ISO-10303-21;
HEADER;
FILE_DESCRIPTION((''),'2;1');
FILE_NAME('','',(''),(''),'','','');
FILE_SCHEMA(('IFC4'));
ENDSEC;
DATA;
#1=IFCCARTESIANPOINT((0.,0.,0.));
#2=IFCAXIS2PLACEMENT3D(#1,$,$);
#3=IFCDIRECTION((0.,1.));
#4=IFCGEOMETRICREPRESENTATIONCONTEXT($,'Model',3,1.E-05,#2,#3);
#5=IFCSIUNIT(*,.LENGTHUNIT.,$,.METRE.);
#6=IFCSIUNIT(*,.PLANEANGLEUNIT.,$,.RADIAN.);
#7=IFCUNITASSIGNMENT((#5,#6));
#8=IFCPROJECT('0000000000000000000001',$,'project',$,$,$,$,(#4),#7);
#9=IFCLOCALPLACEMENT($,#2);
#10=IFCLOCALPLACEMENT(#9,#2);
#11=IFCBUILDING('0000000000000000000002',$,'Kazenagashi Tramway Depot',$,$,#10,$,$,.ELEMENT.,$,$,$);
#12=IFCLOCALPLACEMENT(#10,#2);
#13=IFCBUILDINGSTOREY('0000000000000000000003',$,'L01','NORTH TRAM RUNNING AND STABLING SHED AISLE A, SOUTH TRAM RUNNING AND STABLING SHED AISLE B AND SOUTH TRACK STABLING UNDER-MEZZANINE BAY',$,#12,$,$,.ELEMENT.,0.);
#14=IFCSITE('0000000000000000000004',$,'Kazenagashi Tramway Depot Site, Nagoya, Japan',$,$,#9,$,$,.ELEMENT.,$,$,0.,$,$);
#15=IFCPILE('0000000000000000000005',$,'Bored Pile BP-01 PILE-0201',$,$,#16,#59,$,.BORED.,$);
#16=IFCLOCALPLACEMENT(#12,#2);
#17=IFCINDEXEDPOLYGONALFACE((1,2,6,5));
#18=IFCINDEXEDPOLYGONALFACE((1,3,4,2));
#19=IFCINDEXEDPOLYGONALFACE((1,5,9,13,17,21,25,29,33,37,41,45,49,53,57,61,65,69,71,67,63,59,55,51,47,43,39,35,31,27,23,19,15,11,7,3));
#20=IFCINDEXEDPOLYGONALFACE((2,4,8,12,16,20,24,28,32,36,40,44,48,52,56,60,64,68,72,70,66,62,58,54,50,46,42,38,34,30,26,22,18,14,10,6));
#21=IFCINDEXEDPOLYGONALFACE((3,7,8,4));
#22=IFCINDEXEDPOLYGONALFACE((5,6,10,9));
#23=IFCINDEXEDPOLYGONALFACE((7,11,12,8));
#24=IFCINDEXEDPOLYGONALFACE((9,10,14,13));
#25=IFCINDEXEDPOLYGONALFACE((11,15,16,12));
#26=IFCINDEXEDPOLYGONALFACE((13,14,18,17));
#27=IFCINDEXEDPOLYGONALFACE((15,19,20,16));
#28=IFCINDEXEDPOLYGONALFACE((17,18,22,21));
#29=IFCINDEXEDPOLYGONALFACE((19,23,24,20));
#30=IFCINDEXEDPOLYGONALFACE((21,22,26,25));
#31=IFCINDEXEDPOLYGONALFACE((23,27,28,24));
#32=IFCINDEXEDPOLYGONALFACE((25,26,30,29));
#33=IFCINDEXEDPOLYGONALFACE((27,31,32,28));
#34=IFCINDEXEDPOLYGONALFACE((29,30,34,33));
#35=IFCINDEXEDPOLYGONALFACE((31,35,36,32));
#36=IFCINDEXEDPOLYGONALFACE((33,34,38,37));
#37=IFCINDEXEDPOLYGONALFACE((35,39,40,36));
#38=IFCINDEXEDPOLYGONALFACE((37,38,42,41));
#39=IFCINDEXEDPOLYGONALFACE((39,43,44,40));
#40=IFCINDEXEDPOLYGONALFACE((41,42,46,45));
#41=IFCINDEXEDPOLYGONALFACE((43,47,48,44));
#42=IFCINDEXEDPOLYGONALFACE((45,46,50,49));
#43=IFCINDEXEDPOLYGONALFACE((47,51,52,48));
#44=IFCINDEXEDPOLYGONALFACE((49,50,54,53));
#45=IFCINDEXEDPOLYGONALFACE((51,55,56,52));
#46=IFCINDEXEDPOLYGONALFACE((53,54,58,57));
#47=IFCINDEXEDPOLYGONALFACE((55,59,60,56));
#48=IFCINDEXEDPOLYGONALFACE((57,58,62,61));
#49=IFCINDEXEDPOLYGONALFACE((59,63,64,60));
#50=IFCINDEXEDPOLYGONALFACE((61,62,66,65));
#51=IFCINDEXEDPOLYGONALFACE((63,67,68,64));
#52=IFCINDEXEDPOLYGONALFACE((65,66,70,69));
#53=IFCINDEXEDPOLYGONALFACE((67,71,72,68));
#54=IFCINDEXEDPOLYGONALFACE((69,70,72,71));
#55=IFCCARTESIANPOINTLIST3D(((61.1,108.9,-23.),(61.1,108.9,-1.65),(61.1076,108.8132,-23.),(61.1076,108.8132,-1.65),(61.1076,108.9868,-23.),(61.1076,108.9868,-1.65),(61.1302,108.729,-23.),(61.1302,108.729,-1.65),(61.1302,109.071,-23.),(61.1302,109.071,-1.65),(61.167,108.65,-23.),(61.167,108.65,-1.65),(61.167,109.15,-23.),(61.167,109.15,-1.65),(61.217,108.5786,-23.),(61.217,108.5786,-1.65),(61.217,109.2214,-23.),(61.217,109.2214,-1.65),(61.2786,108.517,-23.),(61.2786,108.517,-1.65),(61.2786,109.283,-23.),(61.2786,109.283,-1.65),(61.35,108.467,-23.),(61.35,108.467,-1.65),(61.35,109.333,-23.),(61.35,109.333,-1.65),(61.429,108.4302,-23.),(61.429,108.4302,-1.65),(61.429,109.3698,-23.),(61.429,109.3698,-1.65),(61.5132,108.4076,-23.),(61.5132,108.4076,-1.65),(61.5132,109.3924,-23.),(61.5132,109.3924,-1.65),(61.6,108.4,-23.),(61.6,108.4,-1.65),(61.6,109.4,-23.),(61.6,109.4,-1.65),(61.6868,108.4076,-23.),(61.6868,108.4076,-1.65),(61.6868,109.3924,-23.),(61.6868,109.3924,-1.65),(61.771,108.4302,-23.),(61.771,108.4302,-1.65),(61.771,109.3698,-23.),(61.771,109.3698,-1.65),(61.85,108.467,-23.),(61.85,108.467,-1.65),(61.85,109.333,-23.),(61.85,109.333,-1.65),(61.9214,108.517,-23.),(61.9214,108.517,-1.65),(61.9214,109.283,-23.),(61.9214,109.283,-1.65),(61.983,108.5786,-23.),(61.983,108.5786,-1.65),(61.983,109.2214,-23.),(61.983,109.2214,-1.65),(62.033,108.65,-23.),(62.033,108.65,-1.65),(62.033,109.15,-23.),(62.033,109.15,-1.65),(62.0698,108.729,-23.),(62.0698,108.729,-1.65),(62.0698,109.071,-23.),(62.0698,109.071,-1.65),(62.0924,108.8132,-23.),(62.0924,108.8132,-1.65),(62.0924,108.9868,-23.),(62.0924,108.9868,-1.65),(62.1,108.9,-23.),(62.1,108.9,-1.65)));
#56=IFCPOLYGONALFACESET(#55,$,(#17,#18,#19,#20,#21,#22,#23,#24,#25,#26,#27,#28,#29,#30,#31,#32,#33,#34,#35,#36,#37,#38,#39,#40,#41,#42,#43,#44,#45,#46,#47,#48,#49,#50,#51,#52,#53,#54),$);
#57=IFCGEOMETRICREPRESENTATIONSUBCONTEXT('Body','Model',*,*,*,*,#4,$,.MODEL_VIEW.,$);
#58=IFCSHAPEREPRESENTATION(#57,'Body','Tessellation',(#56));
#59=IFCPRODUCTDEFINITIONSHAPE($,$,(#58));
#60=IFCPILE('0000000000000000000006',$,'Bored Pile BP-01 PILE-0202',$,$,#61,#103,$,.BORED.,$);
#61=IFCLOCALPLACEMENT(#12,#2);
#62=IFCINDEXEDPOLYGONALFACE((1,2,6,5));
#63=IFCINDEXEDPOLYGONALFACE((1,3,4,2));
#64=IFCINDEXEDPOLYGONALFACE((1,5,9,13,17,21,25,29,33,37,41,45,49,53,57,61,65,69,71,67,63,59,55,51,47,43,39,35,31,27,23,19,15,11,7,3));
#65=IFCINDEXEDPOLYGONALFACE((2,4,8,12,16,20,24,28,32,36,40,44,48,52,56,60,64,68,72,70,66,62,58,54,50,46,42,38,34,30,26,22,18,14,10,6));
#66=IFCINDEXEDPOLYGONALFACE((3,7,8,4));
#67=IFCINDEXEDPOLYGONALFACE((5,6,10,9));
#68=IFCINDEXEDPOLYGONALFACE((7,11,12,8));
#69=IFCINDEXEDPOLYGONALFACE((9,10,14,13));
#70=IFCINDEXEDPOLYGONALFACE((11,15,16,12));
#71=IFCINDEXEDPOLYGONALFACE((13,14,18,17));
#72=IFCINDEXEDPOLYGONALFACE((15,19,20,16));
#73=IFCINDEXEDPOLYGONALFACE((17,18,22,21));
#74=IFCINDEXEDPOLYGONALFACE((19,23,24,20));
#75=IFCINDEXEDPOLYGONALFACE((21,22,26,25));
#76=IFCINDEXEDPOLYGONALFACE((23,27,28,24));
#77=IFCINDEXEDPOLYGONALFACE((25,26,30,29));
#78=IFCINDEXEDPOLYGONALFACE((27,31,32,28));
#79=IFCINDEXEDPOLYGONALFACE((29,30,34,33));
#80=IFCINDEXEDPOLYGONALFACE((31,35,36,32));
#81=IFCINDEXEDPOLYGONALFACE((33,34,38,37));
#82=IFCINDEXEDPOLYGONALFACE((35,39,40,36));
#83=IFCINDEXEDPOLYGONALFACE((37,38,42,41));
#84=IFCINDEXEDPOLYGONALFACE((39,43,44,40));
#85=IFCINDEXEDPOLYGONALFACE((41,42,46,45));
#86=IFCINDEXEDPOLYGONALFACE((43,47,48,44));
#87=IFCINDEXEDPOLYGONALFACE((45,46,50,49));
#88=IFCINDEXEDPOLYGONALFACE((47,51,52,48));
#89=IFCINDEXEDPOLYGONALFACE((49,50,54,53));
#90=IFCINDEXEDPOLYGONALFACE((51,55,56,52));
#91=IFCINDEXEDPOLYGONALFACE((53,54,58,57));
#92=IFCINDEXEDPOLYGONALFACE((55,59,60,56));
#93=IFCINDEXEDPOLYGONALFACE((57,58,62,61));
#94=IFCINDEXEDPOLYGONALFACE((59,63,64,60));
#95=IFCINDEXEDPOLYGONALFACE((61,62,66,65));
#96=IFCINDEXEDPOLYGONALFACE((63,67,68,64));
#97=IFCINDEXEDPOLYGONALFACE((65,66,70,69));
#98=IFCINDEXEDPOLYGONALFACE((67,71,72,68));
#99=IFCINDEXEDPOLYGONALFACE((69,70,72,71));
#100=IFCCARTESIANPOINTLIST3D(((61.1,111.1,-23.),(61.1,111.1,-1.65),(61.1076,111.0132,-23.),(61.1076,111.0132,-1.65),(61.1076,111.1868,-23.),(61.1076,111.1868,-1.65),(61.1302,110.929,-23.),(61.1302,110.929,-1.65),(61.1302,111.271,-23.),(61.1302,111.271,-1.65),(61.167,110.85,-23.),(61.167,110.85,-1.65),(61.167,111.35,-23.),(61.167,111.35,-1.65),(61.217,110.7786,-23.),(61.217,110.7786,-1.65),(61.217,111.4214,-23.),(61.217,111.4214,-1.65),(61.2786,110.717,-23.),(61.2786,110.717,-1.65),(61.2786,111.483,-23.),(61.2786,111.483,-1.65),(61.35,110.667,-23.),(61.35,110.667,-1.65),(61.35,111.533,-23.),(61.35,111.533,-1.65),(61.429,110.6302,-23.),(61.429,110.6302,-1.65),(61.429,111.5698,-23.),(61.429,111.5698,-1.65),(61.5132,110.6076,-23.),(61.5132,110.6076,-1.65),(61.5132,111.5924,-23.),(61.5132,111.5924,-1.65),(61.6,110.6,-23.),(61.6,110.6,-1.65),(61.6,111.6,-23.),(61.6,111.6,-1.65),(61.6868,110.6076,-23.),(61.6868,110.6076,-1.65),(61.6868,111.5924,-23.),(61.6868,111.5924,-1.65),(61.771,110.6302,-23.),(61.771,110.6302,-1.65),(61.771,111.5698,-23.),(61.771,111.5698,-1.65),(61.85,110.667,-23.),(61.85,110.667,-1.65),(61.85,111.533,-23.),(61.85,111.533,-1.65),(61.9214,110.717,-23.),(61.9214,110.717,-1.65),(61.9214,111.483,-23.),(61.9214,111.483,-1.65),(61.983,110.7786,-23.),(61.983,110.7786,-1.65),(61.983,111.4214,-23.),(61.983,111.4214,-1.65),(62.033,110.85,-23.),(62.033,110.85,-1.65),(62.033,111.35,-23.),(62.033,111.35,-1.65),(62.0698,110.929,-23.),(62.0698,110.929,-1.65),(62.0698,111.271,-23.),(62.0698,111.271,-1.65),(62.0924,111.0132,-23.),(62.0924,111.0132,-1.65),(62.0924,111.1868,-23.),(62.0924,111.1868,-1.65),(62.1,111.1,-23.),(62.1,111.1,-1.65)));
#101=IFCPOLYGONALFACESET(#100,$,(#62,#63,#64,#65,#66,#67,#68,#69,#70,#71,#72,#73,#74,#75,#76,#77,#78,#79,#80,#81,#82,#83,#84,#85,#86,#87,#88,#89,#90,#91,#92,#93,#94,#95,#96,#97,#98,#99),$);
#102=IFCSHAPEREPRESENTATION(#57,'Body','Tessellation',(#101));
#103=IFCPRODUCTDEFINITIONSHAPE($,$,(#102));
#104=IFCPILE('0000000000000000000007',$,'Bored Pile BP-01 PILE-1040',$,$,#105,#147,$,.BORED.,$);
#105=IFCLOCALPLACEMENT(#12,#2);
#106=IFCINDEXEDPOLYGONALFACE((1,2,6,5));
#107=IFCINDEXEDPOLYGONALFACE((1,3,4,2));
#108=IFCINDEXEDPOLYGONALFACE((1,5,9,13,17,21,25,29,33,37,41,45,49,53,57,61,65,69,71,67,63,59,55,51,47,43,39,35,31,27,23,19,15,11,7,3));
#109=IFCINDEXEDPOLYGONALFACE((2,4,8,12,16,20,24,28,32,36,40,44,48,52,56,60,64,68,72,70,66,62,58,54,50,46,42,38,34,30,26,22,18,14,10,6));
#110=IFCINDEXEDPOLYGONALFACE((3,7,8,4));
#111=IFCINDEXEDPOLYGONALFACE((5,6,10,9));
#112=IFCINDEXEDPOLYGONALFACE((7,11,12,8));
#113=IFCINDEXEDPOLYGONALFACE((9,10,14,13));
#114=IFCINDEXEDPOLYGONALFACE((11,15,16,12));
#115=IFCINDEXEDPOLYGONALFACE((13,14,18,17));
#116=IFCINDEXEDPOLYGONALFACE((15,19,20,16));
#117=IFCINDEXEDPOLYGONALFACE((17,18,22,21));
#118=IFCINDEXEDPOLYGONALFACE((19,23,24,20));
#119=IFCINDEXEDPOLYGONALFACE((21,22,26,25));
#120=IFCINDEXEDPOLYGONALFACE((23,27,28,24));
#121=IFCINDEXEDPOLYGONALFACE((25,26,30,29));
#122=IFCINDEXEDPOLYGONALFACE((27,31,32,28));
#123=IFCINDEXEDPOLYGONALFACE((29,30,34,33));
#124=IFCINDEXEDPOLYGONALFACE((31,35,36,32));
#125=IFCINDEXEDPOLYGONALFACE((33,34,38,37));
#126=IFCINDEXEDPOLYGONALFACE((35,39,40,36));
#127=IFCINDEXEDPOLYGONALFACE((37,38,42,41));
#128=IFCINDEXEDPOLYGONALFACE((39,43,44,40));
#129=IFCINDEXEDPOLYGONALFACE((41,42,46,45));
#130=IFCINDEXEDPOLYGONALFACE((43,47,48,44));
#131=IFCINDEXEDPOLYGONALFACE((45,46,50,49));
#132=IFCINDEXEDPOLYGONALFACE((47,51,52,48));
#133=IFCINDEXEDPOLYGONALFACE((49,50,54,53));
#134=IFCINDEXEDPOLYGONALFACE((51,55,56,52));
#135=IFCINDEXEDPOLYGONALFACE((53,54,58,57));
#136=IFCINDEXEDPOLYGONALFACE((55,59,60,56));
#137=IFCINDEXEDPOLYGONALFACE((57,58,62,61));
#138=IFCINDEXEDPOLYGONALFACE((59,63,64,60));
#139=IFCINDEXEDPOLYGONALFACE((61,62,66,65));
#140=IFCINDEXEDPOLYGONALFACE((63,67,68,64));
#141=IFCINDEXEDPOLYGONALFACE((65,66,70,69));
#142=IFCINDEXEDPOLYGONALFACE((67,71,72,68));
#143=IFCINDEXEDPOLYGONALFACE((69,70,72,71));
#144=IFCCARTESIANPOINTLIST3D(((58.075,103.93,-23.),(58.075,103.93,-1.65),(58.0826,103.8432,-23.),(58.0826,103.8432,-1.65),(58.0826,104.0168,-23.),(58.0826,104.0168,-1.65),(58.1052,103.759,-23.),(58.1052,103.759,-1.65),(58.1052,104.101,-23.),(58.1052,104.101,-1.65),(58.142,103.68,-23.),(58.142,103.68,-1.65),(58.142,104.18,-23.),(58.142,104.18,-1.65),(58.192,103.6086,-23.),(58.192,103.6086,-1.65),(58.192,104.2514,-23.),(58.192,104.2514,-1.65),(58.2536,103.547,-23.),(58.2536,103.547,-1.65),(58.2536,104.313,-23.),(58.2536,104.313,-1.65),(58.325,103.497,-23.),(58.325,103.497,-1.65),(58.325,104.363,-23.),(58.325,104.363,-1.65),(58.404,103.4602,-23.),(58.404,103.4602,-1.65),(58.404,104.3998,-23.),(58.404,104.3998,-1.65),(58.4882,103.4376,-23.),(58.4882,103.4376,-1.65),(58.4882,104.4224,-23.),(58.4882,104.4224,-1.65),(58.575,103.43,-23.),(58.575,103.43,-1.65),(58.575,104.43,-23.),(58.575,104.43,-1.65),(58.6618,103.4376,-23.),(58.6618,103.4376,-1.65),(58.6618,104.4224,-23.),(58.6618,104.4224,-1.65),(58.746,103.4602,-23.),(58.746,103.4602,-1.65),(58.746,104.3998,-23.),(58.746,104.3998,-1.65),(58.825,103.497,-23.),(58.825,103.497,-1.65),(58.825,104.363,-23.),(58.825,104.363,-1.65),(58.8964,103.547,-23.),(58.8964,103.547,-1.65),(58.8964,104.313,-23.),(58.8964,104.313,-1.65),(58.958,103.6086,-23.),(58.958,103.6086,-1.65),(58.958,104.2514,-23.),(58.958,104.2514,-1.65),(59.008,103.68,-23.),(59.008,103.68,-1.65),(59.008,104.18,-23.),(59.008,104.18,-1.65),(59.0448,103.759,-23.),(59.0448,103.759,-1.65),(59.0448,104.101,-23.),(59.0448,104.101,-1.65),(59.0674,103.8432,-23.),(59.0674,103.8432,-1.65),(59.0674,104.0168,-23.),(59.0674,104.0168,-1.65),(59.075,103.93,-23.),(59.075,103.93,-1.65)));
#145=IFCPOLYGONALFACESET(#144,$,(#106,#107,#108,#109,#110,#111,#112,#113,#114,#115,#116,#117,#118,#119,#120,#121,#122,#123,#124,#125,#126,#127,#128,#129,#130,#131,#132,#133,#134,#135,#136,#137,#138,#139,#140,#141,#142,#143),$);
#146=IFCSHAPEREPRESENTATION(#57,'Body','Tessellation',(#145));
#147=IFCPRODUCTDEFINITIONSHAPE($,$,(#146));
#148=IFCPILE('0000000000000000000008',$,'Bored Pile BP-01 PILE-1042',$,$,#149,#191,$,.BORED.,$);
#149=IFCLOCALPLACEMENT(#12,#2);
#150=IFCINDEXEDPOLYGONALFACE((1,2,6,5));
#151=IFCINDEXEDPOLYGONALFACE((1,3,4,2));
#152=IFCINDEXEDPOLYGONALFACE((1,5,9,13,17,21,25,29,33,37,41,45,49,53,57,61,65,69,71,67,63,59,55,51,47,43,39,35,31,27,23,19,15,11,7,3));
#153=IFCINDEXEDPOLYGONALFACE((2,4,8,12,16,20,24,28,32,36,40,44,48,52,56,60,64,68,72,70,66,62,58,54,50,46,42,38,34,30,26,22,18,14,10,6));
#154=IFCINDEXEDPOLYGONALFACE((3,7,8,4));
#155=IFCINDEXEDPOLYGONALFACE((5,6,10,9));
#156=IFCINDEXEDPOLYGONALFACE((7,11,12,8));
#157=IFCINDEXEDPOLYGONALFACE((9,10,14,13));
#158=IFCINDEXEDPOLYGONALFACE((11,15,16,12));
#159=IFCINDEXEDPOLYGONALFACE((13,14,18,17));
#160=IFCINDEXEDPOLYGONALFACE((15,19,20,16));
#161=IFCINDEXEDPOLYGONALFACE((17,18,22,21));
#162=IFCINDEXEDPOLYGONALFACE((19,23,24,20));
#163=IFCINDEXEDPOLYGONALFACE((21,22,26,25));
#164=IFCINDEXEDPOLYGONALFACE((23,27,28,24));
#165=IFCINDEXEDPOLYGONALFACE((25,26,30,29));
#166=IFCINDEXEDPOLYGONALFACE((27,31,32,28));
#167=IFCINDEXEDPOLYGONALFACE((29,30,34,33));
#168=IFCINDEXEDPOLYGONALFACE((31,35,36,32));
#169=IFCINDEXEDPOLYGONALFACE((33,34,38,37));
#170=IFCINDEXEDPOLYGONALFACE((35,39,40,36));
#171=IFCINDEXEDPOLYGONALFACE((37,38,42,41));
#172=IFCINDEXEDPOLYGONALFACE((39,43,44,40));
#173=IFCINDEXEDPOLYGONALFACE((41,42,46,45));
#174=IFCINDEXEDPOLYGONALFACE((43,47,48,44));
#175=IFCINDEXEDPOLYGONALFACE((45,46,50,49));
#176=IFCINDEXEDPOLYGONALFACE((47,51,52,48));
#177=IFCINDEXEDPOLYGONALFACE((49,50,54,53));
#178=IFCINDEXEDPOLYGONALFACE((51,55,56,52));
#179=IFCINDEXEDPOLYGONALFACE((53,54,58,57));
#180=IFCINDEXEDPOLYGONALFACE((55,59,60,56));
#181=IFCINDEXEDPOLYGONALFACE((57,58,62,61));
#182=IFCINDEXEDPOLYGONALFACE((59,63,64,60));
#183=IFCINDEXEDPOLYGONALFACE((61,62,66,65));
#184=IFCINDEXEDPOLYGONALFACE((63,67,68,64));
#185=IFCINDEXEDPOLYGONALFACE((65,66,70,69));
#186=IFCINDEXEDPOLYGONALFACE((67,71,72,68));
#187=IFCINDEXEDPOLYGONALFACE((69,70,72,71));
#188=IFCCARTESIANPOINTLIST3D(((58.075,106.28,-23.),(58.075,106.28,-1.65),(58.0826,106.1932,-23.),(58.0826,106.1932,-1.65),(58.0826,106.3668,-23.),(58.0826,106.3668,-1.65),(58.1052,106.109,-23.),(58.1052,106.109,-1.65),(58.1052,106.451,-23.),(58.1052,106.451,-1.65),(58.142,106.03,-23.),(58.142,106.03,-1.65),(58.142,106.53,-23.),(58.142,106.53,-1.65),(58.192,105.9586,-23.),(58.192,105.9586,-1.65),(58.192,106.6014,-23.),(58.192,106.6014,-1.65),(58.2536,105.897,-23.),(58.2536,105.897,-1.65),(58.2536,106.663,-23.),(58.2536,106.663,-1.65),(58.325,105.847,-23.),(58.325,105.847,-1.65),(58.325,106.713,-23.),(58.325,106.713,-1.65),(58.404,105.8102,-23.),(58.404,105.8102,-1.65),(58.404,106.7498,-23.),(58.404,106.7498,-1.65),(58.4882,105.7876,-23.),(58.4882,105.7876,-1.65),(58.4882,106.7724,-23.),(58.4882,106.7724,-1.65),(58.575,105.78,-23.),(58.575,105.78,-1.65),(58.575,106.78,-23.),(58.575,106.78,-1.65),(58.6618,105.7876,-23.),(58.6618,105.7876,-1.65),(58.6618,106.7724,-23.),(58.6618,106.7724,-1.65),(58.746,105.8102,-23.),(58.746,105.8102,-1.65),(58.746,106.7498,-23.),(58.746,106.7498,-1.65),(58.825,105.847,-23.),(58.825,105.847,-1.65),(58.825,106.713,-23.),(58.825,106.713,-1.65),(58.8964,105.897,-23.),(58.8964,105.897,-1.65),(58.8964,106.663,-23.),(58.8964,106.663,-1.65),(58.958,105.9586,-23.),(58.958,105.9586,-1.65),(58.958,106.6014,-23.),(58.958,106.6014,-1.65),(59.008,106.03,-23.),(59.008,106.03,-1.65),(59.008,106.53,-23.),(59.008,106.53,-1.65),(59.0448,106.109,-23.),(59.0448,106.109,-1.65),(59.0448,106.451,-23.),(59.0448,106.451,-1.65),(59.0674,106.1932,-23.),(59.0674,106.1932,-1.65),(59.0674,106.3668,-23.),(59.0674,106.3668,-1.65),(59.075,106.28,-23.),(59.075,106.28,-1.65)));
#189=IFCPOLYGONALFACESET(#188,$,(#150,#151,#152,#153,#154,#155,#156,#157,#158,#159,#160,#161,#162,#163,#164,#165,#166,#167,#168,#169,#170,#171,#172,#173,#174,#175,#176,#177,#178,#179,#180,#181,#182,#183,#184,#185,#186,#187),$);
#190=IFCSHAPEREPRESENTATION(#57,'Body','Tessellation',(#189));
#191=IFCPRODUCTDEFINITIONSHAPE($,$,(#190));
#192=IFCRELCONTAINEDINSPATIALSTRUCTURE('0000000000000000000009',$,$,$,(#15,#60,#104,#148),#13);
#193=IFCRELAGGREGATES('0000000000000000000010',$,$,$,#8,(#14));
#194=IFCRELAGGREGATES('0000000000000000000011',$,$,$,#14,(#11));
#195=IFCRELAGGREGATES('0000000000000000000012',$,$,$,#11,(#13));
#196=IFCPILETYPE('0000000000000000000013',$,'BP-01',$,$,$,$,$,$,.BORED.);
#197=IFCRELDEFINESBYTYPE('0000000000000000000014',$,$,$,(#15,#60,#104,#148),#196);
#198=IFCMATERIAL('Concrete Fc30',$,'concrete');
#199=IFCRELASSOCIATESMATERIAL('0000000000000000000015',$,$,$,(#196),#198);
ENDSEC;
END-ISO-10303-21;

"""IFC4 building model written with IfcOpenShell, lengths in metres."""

from ifc_helpers import new_model, si_unit, direction, frame, origin, origin_2d, place, context, subcontext, project, spatial, circle, extrude, material, material_profile, profile_set, type_object, element, save


model = new_model("IFC4")

# Units and contexts
model_context = context("Model", 3, precision=1e-05, world=origin(), true_north=direction((0.0, 1.0)))
body_context = subcontext(model_context, "Body", "Model", "MODEL_VIEW")
ifc_project = project(units=[si_unit("LENGTHUNIT", "METRE"), si_unit("PLANEANGLEUNIT", "RADIAN")], contexts=[model_context])

# Site, building, storey
site_placement = place(None, origin())
site = spatial("IfcSite", under=ifc_project, at=site_placement, Name="Kazenagashi Tramway Depot Site, Nagoya, Japan", CompositionType="ELEMENT", RefElevation=0.0)
building_placement = place(site_placement, origin())
building = spatial("IfcBuilding", under=site, at=building_placement, Name="Kazenagashi Tramway Depot", CompositionType="ELEMENT")
storey_placement = place(building_placement, origin())
storey = spatial("IfcBuildingStorey", under=building, at=storey_placement, Name="L01", Description="NORTH TRAM RUNNING AND STABLING SHED AISLE A, SOUTH TRAM RUNNING AND STABLING SHED AISLE B AND SOUTH TRACK STABLING UNDER-MEZZANINE BAY", CompositionType="ELEMENT", Elevation=0.0)

# Piles
ifc_material_1 = material(Name="Concrete Fc30", Category="concrete")
ifc_material_profile_1 = material_profile(ifc_material_1, circle(Radius=0.5, at=origin_2d()), Name="PILE-1000")
ifc_profile_set_1 = profile_set([ifc_material_profile_1], Name="Concrete Fc30")
pile_type_1 = type_object("IfcPileType", Name="BP-01", PredefinedType="BORED", material=ifc_profile_set_1)
for number, where, z_axis, x_axis, name in (
    (1, (61.6, 108.9, -1.65), (0.0, 0.0, -1.0), (1.0, 0.0, 0.0), "Bored Pile BP-01 PILE-0201"),
    (2, (61.6, 111.1, -1.65), (0.0, 0.0, -1.0), (1.0, 0.0, 0.0), "Bored Pile BP-01 PILE-0202"),
    (3, (58.575, 103.93, -1.65), (0.0, 0.0, -1.0), (1.0, 0.0, 0.0), "Bored Pile BP-01 PILE-1040"),
    (4, (58.575, 106.28, -1.65), (0.0, 0.0, -1.0), (1.0, 0.0, 0.0), "Bored Pile BP-01 PILE-1042"),
):
    element("IfcPile", number, at=place(storey_placement, frame(where, z_axis=z_axis, x_axis=x_axis)), inside=storey, type_object=pile_type_1, Name=name, PredefinedType="BORED", context=body_context, shape_type="SweptSolid", body=[
        extrude(circle(Radius=0.5, at=origin_2d()), origin(), (0.0, 0.0, 1.0), 21.35),
    ])

save(model, "model.ifc")
